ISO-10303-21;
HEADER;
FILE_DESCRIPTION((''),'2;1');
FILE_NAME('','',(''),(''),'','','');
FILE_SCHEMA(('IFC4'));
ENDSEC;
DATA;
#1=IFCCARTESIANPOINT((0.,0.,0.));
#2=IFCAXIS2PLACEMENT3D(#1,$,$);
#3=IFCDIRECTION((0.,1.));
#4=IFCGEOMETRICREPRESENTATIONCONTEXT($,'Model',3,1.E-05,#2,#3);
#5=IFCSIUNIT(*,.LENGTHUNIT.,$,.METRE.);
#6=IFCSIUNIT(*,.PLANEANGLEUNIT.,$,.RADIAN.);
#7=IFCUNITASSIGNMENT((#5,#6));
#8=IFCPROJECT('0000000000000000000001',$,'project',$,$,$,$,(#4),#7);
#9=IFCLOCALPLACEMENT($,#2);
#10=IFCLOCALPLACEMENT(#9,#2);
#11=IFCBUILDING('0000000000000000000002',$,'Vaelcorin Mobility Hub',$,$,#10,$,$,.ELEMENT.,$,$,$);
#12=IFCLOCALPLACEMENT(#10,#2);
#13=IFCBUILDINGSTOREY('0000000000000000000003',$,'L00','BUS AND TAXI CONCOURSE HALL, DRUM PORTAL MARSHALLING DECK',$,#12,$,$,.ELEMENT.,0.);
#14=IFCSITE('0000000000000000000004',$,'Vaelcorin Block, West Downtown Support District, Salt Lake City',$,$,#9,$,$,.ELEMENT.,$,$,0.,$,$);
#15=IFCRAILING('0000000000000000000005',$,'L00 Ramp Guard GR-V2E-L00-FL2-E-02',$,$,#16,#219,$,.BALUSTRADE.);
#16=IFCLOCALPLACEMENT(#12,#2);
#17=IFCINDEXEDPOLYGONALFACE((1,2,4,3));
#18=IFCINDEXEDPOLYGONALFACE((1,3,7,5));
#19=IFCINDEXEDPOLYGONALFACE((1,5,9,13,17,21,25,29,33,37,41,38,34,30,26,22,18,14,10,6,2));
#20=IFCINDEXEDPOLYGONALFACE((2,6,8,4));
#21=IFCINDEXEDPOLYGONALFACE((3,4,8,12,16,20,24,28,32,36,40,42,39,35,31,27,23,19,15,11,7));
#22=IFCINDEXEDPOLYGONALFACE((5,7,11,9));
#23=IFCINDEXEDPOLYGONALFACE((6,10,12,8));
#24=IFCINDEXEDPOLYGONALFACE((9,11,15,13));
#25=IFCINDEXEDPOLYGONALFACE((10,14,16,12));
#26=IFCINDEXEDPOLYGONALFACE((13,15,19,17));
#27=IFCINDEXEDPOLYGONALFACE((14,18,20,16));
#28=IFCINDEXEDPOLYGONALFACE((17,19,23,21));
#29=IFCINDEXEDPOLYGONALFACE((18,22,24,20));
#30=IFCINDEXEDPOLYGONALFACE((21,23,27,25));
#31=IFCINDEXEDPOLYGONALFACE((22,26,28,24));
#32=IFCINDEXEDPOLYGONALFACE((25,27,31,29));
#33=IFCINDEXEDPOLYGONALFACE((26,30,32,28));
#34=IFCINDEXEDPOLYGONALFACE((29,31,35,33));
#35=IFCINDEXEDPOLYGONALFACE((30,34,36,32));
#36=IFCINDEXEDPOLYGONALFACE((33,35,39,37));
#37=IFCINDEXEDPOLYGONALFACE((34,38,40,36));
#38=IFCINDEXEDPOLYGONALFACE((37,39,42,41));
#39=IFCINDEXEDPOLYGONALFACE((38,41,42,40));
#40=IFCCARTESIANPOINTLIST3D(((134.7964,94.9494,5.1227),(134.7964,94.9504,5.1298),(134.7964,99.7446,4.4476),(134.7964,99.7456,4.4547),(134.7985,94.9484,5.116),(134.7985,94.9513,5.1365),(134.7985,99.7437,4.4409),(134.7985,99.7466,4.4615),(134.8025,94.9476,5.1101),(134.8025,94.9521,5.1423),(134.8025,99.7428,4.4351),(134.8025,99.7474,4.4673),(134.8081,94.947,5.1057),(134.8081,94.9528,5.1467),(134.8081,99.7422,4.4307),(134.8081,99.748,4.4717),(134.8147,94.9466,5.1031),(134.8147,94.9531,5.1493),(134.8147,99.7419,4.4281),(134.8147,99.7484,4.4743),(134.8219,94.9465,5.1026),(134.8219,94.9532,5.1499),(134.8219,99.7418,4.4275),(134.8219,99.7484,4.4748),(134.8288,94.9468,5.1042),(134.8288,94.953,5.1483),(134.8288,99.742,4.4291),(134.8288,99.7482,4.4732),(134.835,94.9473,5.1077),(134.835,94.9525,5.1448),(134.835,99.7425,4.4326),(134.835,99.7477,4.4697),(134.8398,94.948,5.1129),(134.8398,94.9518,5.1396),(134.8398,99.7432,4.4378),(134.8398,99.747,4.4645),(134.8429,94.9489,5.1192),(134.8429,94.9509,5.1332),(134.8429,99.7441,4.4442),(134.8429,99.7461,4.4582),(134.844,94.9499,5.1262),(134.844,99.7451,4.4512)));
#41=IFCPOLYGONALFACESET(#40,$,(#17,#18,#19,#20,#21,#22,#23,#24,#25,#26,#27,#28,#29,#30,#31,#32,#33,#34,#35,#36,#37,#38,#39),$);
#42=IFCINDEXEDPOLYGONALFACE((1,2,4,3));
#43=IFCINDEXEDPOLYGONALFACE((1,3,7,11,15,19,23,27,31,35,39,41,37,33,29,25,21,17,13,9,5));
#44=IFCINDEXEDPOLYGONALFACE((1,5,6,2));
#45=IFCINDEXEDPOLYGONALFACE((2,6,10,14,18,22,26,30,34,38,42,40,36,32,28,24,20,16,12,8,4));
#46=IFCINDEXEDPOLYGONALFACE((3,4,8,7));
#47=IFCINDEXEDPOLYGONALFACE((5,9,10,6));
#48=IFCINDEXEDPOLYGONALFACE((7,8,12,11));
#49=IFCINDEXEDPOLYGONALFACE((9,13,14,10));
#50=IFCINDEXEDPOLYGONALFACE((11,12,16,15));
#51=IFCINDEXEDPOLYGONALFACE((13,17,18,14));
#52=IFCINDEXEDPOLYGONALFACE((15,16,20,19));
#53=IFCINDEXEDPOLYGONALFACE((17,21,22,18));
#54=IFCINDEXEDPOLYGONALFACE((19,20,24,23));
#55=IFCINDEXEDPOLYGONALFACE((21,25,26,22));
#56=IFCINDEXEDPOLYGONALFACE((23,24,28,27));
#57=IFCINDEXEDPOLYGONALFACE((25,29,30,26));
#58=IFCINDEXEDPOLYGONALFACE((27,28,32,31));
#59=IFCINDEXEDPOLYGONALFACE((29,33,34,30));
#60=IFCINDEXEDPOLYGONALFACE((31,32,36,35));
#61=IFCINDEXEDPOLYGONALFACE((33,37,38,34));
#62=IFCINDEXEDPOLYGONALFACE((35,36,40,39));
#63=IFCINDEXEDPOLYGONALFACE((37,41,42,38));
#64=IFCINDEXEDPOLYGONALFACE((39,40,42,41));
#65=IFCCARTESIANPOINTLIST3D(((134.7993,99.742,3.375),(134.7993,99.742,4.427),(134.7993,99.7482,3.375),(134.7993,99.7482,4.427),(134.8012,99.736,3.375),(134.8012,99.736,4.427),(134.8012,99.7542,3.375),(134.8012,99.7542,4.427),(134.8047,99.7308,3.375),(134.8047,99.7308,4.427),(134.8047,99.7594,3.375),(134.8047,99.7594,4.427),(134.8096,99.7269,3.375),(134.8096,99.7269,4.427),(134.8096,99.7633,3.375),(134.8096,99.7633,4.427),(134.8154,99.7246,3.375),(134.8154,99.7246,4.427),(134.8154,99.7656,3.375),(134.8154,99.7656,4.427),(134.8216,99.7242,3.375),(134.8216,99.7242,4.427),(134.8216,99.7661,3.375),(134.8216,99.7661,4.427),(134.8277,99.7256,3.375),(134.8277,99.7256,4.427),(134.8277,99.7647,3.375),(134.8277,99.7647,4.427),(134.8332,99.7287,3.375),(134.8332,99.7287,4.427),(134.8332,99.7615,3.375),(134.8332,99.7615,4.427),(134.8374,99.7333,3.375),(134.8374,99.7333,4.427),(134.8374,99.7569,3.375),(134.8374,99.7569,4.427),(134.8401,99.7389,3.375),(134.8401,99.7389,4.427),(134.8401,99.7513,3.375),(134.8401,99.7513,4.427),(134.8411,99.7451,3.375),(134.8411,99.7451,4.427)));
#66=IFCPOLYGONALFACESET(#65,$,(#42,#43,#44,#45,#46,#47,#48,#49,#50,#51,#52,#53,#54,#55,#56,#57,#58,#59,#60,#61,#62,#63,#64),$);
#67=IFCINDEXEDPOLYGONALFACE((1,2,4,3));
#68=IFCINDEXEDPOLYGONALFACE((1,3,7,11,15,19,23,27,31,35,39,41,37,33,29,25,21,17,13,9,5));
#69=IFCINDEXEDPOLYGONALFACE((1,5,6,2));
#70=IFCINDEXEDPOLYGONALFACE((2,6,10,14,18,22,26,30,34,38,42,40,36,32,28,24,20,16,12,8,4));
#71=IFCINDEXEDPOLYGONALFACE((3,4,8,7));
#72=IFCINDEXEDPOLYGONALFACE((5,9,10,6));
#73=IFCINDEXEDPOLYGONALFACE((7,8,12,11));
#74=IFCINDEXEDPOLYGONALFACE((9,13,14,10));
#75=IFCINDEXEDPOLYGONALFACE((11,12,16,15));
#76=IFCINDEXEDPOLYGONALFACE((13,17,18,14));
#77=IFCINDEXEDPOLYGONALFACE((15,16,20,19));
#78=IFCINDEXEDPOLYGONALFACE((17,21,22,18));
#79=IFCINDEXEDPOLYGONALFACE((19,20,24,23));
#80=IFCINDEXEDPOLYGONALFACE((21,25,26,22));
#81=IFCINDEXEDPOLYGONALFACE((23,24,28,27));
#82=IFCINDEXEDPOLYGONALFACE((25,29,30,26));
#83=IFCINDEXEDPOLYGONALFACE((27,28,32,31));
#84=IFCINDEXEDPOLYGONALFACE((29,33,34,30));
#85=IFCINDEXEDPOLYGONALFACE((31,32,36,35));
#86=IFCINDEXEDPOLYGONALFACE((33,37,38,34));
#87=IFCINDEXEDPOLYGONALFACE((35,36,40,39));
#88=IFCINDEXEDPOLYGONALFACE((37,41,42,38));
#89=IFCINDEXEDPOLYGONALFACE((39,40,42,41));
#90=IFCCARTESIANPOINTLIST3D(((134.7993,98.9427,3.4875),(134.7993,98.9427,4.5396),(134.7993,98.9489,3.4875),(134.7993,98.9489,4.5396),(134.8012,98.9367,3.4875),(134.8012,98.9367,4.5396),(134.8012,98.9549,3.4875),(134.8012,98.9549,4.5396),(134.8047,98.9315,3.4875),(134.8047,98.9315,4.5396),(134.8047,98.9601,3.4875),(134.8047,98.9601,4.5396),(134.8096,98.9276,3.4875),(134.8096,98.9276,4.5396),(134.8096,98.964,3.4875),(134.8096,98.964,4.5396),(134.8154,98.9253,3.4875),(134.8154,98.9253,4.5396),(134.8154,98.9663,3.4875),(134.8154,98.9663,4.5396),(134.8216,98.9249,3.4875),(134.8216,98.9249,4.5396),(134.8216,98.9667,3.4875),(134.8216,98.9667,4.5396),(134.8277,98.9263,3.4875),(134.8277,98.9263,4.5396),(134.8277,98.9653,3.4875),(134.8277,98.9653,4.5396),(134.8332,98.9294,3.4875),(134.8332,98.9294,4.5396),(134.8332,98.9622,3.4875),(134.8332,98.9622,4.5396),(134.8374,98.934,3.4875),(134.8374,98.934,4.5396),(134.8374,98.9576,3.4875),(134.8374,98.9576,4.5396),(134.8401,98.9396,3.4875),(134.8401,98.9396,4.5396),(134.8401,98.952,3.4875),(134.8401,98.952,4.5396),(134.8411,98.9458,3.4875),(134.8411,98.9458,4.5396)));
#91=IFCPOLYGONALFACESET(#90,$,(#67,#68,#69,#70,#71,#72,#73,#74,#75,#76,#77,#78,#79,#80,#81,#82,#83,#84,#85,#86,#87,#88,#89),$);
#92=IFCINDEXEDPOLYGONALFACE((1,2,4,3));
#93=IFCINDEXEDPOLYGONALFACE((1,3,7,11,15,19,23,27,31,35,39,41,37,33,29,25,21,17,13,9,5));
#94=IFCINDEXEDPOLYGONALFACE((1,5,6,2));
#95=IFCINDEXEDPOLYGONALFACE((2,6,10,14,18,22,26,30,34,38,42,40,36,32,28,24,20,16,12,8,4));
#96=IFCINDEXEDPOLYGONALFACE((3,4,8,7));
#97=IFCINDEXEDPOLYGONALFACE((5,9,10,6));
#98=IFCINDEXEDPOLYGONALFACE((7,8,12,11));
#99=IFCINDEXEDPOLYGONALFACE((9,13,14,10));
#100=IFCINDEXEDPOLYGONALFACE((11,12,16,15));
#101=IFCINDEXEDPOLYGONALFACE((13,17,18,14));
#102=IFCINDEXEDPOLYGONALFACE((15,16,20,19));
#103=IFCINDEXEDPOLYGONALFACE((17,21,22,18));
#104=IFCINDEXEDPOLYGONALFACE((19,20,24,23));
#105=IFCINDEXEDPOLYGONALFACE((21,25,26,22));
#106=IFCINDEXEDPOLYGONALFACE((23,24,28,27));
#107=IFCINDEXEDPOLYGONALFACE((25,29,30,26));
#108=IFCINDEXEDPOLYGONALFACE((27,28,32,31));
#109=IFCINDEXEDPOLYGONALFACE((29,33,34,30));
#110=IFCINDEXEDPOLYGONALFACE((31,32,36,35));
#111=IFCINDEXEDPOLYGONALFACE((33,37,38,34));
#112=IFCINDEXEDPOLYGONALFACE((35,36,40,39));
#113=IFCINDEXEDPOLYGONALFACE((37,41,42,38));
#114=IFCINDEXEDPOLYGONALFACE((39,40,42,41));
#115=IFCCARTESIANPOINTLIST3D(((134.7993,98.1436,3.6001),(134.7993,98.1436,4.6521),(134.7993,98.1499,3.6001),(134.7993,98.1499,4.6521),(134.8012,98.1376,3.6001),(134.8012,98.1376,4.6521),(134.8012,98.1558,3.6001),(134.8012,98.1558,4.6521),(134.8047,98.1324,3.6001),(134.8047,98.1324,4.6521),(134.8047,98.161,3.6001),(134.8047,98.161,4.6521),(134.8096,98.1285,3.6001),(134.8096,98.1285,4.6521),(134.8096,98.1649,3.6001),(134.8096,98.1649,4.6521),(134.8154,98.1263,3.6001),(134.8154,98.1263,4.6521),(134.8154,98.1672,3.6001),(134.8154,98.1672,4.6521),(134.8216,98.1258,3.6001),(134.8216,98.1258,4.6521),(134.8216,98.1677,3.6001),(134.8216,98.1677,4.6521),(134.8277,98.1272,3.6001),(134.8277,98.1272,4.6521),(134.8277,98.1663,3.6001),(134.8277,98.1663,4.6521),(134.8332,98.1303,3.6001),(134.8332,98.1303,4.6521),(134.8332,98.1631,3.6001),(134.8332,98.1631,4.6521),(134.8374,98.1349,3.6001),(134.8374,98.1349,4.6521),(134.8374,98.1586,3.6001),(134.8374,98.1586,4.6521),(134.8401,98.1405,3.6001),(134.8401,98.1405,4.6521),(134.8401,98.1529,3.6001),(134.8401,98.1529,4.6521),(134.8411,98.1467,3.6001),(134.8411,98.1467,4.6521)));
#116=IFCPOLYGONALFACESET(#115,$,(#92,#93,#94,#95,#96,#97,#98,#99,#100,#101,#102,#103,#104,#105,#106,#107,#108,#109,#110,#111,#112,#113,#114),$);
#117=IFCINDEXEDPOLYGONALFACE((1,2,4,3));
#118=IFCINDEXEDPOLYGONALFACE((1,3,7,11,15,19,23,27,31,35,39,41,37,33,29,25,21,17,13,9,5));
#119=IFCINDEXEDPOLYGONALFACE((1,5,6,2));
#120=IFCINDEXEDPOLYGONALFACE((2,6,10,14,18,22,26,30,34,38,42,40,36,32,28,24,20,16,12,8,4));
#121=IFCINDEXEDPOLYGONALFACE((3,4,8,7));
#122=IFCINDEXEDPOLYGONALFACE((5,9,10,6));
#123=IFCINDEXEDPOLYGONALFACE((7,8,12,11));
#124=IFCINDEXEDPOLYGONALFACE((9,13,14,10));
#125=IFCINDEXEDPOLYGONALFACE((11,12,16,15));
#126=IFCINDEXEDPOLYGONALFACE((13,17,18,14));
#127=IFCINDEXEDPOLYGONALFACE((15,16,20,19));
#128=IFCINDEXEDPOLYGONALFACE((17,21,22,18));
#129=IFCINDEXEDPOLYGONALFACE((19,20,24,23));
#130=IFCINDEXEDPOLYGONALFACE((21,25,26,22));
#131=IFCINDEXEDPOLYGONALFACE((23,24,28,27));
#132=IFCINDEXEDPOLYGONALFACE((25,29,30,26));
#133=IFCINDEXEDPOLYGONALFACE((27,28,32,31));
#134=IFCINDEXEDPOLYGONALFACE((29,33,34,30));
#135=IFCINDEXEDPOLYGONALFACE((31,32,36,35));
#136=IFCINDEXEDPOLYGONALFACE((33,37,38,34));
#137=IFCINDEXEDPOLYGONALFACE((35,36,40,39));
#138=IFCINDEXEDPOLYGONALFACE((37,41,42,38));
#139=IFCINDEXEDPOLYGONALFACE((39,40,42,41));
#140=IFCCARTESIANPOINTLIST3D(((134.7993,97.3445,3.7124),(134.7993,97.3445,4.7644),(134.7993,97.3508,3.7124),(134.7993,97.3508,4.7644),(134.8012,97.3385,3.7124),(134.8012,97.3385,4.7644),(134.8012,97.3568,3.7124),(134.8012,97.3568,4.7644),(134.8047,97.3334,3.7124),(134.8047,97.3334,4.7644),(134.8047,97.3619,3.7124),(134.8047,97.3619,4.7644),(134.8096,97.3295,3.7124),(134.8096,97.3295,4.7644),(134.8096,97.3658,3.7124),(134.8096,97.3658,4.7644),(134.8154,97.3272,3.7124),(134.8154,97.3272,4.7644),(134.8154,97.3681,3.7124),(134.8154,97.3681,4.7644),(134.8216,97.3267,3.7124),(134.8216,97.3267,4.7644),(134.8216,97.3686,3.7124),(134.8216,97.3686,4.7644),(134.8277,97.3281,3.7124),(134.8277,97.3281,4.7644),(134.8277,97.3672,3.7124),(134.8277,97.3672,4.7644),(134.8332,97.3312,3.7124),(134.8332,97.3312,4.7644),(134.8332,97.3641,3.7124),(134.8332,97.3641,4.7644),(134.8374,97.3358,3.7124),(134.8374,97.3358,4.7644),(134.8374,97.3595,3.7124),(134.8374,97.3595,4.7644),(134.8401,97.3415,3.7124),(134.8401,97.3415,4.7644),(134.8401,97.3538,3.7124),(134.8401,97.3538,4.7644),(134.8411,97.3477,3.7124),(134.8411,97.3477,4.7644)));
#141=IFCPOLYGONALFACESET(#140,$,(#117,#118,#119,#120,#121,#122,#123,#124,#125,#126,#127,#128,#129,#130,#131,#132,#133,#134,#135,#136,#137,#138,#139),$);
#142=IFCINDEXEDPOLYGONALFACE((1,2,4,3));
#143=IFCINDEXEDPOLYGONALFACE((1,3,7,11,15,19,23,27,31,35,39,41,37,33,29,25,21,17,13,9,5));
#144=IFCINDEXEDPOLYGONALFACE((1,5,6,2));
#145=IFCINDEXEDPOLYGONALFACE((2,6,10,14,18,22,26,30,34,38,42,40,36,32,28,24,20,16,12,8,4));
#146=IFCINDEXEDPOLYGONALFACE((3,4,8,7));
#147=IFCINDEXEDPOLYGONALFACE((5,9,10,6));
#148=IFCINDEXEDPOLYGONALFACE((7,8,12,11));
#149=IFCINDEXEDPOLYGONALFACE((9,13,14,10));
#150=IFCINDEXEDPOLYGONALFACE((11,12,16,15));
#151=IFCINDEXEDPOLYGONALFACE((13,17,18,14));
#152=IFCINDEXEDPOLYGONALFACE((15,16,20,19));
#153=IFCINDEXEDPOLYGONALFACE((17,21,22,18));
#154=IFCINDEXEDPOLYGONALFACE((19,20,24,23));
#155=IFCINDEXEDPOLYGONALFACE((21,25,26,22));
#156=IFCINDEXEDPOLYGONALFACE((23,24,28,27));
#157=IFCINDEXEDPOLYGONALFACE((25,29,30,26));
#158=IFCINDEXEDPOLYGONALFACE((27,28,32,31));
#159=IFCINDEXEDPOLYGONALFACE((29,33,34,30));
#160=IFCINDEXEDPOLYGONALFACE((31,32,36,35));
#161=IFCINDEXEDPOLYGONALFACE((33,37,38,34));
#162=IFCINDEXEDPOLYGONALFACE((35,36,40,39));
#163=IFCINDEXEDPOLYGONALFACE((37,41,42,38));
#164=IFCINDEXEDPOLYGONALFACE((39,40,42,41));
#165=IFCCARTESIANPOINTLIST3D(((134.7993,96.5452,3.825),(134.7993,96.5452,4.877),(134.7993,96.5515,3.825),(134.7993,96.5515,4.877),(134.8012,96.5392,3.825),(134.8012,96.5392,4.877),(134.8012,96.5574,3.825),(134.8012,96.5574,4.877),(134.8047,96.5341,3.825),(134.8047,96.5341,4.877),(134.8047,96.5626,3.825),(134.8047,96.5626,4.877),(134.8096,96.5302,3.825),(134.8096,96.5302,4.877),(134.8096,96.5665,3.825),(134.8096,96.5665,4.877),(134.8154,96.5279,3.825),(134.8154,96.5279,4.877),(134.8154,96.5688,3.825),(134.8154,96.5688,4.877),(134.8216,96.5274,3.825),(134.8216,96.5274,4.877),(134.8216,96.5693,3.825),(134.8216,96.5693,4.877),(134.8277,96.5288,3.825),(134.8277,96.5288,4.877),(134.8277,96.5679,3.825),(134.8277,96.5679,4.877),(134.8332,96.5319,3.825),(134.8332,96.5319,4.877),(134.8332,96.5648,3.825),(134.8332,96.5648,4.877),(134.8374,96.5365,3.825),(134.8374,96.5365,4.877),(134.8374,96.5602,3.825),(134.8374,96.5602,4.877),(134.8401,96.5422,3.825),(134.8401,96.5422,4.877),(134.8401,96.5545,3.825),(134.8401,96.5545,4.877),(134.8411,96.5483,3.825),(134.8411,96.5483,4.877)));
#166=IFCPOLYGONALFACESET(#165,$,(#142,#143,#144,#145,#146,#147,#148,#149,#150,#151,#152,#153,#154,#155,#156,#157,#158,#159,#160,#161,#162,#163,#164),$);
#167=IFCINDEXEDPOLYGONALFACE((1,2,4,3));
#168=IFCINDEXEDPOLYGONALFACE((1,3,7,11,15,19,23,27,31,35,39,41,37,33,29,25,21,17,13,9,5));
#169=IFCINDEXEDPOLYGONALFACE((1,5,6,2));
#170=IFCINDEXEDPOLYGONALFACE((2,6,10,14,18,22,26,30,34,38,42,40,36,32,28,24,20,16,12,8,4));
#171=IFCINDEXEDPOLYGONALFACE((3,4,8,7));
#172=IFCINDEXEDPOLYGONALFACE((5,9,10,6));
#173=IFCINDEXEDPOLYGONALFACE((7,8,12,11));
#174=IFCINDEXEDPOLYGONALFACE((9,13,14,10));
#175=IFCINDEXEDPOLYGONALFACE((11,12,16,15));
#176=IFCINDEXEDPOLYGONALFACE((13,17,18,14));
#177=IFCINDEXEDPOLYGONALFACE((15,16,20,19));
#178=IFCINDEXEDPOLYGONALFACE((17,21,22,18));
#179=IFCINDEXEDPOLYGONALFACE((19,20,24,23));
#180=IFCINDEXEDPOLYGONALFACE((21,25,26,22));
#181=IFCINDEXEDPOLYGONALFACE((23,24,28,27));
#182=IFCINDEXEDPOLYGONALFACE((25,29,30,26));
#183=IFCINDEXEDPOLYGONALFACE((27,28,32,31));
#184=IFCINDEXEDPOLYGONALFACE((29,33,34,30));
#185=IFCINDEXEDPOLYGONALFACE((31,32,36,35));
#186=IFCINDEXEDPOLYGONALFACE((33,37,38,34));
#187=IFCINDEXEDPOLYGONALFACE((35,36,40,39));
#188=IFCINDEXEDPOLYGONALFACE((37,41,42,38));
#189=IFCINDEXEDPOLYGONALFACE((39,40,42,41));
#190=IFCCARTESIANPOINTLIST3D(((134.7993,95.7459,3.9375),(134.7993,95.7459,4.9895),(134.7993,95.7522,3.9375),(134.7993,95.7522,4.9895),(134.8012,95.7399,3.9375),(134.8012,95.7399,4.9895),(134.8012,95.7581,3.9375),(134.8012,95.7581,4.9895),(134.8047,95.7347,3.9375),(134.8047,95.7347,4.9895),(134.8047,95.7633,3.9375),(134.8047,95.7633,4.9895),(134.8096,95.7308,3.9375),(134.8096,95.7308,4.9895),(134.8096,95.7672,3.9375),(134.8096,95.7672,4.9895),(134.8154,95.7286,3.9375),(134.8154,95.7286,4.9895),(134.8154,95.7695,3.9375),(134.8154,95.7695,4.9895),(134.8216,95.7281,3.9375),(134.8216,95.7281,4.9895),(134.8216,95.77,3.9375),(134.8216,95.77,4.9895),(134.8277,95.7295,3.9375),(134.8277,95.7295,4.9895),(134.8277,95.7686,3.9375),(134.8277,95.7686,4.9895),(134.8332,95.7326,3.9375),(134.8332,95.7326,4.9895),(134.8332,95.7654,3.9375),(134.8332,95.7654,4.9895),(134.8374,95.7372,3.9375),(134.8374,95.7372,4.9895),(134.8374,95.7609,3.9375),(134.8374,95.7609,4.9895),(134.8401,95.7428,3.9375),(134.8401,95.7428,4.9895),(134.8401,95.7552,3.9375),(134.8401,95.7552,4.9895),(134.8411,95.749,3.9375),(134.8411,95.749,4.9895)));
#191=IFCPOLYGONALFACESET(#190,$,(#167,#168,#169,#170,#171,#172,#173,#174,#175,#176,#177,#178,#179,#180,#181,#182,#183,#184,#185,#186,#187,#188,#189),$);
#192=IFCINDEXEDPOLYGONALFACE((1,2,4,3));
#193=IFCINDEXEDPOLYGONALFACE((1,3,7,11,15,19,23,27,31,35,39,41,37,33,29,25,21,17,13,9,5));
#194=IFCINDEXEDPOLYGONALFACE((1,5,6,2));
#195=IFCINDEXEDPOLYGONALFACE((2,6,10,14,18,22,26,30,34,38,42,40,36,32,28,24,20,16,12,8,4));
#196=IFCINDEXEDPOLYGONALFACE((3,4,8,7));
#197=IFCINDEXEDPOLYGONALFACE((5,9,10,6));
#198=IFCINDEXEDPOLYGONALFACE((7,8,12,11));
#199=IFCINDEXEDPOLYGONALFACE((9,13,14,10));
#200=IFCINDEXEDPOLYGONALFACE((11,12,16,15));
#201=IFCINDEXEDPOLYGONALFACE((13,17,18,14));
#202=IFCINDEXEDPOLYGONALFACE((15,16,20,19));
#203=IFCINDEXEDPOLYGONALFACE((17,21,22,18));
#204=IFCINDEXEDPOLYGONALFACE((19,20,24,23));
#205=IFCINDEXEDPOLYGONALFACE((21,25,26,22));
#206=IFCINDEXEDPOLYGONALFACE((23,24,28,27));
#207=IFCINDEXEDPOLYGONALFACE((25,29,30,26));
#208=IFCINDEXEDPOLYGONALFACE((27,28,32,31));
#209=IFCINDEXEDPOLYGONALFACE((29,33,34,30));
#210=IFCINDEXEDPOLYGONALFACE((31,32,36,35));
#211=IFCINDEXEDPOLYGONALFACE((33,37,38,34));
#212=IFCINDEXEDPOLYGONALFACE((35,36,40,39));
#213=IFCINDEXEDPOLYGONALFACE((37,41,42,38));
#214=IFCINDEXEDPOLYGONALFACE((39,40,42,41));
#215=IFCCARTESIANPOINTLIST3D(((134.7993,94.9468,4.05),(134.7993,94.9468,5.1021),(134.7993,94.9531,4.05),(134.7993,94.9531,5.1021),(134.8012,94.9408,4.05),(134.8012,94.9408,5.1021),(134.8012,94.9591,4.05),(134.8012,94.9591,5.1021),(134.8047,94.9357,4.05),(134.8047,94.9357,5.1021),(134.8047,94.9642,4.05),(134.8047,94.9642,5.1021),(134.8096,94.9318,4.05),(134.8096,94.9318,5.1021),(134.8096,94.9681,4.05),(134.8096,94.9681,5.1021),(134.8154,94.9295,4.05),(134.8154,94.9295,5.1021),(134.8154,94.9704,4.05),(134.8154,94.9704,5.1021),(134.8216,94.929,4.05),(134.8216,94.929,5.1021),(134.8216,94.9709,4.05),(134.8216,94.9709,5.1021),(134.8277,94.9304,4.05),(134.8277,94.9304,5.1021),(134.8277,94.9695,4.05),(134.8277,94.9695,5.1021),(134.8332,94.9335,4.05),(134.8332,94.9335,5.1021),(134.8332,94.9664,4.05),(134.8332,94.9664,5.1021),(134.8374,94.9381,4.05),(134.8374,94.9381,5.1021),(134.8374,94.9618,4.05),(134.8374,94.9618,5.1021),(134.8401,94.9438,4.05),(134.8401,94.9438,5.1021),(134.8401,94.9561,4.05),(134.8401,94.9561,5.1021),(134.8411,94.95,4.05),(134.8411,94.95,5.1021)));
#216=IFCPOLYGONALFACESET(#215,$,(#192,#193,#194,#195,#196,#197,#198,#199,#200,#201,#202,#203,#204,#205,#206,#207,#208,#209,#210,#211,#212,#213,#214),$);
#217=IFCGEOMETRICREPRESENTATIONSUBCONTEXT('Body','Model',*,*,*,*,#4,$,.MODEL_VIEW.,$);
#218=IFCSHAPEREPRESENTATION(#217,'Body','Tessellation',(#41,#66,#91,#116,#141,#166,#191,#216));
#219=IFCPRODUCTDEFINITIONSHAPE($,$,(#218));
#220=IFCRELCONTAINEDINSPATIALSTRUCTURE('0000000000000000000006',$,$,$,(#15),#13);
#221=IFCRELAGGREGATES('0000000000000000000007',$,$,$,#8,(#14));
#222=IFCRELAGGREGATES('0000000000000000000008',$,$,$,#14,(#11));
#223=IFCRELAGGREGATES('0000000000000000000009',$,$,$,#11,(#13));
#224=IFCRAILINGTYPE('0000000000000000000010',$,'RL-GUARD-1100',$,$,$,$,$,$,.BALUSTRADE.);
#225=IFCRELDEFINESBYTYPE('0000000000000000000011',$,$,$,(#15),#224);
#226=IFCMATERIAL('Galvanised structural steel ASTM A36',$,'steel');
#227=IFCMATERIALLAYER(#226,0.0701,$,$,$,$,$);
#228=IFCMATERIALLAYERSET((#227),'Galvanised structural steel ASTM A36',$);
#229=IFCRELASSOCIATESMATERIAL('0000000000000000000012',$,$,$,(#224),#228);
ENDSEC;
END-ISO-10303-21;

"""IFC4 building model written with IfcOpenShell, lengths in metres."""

from ifc_helpers import new_model, si_unit, direction, frame, origin, origin_2d, place, context, subcontext, project, spatial, circle, extrude, material, layer, layer_set, type_object, element, save


model = new_model("IFC4")

# Units and contexts
model_context = context("Model", 3, precision=1e-05, world=origin(), true_north=direction((0.0, 1.0)))
body_context = subcontext(model_context, "Body", "Model", "MODEL_VIEW")
ifc_project = project(units=[si_unit("LENGTHUNIT", "METRE"), si_unit("PLANEANGLEUNIT", "RADIAN")], contexts=[model_context])

# Site, building, storey
site_placement = place(None, origin())
site = spatial("IfcSite", under=ifc_project, at=site_placement, Name="Vaelcorin Block, West Downtown Support District, Salt Lake City", CompositionType="ELEMENT", RefElevation=0.0)
building_placement = place(site_placement, origin())
building = spatial("IfcBuilding", under=site, at=building_placement, Name="Vaelcorin Mobility Hub", CompositionType="ELEMENT")
storey_placement = place(building_placement, origin())
storey = spatial("IfcBuildingStorey", under=building, at=storey_placement, Name="L00", Description="BUS AND TAXI CONCOURSE HALL, DRUM PORTAL MARSHALLING DECK", CompositionType="ELEMENT", Elevation=0.0)

# Railing
ifc_material_1 = material(Name="Galvanised structural steel ASTM A36", Category="steel")
ifc_layer = layer(ifc_material_1, 0.0701)
ifc_layer_set = layer_set([ifc_layer], Name="Galvanised structural steel ASTM A36")
railing_type = type_object("IfcRailingType", Name="RL-GUARD-1100", PredefinedType="BALUSTRADE", material=ifc_layer_set)
railing_1_placement = place(storey_placement, frame((134.8201, 99.7451, 3.375)))
element("IfcRailing", 1, at=railing_1_placement, inside=storey, type_object=railing_type, Name="L00 Ramp Guard GR-V2E-L00-FL2-E-02", PredefinedType="BALUSTRADE", context=body_context, shape_type="SweptSolid", body=[
    extrude(circle(Radius=0.0239, at=origin_2d()), frame((0.0, 0.0, 1.0762), z_axis=(0.0, -0.990236, 0.139402), x_axis=(1.0, 0.0, 0.0)), (0.0, 0.0, 1.0), 4.8425),
    extrude(circle(Radius=0.021, at=origin_2d()), origin(), (0.0, 0.0, 1.0), 1.052),
    extrude(circle(Radius=0.021, at=origin_2d()), frame((0.0, -0.7993, 0.1125)), (0.0, 0.0, 1.0), 1.052),
    extrude(circle(Radius=0.021, at=origin_2d()), frame((0.0, -1.5984, 0.2251)), (0.0, 0.0, 1.0), 1.052),
    extrude(circle(Radius=0.021, at=origin_2d()), frame((0.0, -2.3975, 0.3374)), (0.0, 0.0, 1.0), 1.052),
    extrude(circle(Radius=0.021, at=origin_2d()), frame((0.0, -3.1968, 0.45)), (0.0, 0.0, 1.0), 1.052),
    extrude(circle(Radius=0.021, at=origin_2d()), frame((0.0, -3.9961, 0.5625)), (0.0, 0.0, 1.0), 1.052),
    extrude(circle(Radius=0.021, at=origin_2d()), frame((0.0, -4.7952, 0.675)), (0.0, 0.0, 1.0), 1.052),
])

save(model, "model.ifc")
